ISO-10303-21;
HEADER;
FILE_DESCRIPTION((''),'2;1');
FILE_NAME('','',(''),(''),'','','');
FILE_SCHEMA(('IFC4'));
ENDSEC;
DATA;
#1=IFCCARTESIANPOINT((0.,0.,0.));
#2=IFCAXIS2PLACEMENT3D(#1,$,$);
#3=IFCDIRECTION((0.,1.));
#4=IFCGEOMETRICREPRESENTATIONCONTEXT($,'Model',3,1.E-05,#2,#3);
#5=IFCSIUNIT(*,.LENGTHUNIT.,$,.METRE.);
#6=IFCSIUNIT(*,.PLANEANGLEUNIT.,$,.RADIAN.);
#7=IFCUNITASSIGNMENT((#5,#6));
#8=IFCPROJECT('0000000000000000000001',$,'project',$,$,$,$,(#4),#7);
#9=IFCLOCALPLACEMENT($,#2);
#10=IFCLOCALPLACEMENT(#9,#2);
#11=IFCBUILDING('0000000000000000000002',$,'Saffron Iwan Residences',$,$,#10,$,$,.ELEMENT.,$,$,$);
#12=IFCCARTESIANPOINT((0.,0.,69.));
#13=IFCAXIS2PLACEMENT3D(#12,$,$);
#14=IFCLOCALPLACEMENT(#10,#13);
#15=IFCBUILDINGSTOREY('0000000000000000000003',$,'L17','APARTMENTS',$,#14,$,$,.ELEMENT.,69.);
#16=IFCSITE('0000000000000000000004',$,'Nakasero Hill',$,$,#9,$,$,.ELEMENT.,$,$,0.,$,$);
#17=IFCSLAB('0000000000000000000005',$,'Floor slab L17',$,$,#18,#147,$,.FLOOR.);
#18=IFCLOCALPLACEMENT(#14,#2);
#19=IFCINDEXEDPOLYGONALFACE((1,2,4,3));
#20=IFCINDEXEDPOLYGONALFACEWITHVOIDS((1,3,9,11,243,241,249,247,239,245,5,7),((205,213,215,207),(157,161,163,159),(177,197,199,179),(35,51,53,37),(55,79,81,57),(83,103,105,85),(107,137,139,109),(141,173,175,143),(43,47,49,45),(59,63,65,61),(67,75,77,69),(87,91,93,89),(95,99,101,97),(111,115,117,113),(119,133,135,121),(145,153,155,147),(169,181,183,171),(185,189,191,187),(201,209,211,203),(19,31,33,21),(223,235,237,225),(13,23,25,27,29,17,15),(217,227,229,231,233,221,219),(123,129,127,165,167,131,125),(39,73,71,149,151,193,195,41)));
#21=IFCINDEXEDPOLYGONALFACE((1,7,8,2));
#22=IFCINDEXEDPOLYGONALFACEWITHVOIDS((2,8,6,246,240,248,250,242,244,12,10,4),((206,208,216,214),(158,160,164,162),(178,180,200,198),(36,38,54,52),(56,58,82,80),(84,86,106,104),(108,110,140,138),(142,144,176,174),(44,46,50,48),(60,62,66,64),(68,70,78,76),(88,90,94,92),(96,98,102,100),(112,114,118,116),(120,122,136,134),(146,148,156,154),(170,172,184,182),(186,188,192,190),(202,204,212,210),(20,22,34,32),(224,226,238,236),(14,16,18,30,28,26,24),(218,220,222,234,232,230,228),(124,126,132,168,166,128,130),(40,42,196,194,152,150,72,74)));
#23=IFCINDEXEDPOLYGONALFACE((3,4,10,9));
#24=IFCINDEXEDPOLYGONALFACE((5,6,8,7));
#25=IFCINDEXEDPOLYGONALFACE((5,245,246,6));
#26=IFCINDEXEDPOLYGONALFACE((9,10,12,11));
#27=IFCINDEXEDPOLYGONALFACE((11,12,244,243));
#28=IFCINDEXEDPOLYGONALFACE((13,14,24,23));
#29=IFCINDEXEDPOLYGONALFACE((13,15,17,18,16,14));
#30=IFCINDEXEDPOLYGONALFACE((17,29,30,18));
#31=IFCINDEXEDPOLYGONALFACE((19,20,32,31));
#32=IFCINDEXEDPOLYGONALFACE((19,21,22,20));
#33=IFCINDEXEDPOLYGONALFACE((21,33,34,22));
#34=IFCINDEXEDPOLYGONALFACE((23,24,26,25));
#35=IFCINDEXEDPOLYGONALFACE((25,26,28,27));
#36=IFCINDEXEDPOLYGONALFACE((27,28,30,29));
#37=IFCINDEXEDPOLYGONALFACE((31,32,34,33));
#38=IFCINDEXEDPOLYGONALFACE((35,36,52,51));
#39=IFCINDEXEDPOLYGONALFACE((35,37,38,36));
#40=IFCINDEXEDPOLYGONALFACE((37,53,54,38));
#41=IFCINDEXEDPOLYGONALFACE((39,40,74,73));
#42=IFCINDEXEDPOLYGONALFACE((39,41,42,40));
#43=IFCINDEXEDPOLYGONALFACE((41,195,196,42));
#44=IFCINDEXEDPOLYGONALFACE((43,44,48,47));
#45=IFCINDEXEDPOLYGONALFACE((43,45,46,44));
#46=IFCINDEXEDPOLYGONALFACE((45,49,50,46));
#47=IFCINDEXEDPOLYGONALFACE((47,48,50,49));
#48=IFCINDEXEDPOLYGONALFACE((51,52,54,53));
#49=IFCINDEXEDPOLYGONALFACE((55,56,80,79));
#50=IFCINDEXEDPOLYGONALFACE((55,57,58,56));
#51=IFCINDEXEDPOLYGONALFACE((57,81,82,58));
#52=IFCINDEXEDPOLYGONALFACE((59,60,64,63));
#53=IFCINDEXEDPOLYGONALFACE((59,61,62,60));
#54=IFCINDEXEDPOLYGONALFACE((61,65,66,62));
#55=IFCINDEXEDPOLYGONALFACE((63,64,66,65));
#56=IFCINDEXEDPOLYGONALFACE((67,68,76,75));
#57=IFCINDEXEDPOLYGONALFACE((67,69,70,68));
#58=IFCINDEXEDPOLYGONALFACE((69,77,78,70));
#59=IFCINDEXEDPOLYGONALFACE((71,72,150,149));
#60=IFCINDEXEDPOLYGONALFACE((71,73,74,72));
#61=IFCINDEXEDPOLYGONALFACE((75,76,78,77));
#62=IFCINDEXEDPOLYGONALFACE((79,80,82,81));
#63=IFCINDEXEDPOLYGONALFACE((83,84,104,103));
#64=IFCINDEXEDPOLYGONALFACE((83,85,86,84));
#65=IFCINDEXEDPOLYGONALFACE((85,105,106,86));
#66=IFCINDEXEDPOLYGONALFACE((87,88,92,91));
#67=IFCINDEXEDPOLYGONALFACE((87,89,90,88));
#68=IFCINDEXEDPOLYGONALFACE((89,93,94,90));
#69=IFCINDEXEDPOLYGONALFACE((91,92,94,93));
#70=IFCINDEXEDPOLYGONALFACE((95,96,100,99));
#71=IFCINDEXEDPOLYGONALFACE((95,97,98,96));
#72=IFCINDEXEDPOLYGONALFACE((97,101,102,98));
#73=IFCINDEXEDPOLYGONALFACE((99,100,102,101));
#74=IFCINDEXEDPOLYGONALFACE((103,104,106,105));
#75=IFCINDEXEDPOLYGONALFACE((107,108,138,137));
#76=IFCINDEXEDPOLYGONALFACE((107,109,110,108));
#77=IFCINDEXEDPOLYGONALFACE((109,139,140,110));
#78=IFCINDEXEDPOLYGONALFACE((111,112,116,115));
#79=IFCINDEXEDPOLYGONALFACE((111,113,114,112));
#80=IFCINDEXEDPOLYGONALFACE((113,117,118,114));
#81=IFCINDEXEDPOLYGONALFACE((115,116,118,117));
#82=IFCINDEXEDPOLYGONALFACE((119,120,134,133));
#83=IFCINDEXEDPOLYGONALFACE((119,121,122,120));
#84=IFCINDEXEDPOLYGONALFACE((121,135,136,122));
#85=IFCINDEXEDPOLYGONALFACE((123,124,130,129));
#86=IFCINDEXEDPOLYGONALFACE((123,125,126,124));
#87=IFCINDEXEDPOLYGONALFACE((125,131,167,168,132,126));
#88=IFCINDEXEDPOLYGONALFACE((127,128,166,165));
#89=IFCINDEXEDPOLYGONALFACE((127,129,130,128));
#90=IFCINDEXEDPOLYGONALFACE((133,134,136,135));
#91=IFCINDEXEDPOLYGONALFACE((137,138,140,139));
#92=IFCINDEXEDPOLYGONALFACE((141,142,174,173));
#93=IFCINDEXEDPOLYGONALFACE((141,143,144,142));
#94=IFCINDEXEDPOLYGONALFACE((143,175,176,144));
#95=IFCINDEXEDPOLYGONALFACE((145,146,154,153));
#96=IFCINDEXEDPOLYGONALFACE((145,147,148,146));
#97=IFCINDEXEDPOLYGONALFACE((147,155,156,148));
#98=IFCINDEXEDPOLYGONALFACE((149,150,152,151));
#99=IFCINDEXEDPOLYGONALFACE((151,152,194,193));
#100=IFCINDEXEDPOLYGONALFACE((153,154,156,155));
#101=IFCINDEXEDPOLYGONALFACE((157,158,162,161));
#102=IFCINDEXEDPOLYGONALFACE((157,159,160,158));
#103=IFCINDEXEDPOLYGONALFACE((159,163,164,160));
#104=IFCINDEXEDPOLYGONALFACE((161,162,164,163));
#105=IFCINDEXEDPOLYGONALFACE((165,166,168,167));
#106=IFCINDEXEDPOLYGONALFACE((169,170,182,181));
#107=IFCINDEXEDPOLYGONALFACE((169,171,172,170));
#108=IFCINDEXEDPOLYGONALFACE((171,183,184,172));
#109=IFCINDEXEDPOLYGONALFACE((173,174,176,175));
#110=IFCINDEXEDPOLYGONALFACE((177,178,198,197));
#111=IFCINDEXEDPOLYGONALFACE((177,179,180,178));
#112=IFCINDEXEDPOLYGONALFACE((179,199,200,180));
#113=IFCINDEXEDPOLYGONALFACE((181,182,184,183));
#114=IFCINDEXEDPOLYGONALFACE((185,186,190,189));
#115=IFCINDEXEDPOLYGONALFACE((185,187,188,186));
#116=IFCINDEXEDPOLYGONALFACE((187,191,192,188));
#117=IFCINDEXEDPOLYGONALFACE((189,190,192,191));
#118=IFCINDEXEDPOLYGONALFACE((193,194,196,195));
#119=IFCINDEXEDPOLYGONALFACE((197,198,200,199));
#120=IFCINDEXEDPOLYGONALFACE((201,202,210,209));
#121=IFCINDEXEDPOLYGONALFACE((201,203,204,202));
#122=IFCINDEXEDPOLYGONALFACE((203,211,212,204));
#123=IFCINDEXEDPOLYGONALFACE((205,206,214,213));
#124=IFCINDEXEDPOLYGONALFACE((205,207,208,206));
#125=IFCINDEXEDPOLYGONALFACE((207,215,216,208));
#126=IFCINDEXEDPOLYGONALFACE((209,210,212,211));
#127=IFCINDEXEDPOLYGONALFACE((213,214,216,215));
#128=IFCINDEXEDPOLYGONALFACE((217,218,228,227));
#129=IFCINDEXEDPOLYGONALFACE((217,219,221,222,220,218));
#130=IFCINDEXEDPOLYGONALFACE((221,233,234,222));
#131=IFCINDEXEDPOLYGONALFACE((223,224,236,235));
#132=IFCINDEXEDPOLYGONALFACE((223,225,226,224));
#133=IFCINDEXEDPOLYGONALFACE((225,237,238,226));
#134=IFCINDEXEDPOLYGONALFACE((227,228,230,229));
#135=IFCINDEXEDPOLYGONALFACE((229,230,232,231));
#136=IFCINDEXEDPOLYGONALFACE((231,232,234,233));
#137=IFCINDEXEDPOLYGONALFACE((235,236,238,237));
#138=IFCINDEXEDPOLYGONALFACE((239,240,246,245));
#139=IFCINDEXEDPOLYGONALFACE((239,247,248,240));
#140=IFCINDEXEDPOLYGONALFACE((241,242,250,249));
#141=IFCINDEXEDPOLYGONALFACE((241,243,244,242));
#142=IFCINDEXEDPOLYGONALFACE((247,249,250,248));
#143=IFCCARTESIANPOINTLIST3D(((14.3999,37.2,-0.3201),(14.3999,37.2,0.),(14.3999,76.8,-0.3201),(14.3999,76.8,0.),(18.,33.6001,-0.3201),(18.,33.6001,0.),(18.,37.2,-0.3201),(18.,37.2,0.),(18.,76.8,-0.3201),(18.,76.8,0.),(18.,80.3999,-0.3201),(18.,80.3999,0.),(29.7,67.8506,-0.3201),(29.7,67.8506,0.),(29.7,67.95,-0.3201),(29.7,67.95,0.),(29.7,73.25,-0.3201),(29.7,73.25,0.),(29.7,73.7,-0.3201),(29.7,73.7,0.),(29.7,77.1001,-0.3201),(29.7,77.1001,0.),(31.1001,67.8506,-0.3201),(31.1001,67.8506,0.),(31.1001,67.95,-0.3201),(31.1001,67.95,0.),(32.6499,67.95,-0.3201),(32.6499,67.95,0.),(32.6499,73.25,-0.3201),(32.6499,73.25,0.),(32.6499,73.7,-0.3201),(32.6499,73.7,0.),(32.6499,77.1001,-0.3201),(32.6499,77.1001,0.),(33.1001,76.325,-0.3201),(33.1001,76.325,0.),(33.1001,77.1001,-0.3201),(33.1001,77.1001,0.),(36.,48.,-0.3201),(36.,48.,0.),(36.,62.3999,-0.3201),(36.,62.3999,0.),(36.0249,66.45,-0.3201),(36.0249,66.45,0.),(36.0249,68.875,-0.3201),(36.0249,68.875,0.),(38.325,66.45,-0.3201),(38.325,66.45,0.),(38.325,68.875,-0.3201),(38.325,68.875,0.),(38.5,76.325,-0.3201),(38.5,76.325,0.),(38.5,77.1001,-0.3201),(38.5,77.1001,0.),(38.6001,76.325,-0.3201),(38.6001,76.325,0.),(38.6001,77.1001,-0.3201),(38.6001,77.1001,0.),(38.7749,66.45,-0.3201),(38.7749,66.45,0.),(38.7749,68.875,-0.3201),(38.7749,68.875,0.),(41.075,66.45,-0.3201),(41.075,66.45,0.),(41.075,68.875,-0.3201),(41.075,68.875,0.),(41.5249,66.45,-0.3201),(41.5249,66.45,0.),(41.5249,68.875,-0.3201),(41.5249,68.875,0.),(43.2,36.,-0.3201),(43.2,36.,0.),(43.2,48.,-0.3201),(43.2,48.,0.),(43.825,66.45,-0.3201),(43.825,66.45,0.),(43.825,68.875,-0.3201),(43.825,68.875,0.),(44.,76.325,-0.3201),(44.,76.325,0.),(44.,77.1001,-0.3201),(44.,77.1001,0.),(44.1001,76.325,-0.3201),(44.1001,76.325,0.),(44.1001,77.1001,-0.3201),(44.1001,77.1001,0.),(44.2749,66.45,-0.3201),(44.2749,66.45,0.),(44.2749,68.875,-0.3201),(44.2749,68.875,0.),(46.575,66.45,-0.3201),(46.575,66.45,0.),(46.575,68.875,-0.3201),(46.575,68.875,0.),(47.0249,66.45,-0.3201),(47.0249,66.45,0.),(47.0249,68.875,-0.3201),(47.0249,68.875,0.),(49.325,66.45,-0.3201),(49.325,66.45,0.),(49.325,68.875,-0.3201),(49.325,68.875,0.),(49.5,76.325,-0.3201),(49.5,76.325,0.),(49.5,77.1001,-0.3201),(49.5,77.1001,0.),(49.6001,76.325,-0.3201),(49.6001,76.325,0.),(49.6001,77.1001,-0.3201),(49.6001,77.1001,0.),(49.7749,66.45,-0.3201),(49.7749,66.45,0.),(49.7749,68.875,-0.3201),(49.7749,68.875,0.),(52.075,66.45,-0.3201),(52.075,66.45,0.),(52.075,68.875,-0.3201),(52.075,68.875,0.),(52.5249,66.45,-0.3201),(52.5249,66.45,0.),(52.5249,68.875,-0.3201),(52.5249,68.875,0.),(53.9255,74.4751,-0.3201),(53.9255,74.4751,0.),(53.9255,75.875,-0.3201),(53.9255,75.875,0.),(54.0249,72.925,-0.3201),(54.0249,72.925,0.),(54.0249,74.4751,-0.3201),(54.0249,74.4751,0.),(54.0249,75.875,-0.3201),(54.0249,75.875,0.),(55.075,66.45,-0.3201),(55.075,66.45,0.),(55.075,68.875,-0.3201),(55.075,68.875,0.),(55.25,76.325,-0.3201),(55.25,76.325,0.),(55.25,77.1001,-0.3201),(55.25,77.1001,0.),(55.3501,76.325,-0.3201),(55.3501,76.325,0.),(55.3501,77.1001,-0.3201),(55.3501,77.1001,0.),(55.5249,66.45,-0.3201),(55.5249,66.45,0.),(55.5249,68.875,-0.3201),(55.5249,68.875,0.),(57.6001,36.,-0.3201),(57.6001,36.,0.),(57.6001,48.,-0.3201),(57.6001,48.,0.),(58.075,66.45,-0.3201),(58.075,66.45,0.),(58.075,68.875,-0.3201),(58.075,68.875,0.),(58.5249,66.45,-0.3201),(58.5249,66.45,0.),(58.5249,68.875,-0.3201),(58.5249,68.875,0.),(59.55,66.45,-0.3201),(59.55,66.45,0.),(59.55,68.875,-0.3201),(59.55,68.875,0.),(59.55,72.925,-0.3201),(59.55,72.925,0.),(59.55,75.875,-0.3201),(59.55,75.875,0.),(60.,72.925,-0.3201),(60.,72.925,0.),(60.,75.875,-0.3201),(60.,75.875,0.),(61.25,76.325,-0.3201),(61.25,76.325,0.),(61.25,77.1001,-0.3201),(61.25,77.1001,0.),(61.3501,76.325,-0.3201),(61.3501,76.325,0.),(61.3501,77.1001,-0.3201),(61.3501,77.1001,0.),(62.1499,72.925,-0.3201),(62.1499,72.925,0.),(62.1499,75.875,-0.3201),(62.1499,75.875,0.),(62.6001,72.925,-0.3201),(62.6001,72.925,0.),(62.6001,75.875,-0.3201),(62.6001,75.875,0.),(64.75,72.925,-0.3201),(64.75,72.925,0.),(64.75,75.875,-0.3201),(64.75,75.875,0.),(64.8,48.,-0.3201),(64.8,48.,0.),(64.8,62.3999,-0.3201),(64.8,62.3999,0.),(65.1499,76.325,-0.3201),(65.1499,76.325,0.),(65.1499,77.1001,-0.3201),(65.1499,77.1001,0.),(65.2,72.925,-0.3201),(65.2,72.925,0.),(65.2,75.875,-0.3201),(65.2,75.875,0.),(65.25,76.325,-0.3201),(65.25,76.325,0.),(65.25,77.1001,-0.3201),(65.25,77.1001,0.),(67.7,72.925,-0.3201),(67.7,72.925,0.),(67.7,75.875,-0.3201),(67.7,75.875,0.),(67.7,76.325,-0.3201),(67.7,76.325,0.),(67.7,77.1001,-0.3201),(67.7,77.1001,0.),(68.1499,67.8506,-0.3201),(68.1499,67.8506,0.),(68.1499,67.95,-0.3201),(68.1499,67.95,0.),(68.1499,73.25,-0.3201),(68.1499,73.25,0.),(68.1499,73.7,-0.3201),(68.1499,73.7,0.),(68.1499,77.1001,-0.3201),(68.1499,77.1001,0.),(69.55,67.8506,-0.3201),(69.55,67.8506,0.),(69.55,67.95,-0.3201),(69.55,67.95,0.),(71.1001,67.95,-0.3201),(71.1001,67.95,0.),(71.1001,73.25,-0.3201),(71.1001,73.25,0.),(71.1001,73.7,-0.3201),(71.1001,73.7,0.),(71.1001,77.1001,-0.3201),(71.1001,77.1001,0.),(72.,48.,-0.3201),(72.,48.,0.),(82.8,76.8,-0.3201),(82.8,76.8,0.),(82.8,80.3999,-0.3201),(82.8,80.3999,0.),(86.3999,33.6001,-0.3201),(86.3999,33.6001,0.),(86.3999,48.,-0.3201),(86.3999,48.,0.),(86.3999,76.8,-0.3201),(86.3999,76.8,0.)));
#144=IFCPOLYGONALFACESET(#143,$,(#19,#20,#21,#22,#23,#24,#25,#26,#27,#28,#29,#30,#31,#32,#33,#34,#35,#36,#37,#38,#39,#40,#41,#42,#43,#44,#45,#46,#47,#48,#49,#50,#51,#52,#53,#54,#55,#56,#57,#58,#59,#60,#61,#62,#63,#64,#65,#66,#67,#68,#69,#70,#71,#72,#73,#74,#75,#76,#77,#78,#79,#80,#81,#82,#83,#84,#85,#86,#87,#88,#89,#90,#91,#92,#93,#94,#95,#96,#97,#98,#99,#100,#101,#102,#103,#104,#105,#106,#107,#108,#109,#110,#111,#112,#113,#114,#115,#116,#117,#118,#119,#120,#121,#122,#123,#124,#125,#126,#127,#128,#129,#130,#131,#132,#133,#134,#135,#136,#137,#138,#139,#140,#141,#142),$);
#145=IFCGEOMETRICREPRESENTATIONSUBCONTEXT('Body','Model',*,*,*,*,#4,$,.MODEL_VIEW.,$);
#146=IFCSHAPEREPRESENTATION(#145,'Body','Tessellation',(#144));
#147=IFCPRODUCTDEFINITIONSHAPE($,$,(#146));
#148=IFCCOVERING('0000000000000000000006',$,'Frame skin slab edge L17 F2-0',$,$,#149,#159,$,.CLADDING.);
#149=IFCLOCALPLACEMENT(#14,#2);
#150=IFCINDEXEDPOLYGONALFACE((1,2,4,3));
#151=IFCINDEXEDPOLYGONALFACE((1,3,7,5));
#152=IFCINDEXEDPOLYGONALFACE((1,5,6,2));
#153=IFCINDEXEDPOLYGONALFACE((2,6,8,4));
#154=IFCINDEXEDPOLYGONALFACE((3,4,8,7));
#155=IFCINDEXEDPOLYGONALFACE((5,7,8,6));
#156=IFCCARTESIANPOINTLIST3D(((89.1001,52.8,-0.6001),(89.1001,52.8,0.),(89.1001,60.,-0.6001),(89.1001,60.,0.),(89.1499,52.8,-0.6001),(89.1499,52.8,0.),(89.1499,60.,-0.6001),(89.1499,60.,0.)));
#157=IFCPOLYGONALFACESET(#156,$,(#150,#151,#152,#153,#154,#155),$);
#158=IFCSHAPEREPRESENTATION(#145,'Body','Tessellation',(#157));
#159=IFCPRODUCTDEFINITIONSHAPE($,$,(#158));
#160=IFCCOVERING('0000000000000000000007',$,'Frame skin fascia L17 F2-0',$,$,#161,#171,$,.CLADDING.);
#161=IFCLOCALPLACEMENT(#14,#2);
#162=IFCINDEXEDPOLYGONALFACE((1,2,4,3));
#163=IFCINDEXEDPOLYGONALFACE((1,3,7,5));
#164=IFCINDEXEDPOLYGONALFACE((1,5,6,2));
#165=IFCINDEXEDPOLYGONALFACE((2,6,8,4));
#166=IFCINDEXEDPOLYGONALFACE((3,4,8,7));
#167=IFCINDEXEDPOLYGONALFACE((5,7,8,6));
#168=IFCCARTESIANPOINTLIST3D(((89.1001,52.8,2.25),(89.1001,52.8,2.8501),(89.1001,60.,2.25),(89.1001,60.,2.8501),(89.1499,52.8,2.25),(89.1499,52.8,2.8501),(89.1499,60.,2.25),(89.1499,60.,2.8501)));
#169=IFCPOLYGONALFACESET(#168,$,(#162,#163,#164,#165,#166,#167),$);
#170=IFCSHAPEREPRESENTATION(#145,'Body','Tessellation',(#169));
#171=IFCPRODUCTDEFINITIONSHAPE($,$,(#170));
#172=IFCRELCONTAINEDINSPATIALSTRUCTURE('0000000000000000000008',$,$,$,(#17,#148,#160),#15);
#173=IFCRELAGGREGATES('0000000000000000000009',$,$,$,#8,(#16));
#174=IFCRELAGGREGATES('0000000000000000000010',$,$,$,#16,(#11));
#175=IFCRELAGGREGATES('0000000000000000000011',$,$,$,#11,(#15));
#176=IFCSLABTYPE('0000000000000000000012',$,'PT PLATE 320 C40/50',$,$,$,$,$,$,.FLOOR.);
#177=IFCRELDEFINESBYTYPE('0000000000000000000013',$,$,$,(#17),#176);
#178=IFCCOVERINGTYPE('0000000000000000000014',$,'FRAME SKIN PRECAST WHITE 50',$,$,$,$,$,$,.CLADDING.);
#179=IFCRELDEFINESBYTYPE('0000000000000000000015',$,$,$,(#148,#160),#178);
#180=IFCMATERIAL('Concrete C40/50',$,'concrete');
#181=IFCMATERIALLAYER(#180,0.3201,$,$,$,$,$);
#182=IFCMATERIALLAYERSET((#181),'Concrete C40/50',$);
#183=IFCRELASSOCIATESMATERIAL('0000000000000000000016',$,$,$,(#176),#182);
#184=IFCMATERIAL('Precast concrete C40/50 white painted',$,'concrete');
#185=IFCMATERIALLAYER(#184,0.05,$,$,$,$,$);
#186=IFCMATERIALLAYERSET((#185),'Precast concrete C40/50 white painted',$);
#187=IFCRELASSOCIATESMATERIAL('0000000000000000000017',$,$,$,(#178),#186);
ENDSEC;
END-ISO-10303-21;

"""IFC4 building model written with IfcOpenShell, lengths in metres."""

from ifc_helpers import new_model, si_unit, direction, frame, origin, place, context, subcontext, project, spatial, polyline, outline, extrude, material, layer, layer_set, type_object, element, save


model = new_model("IFC4")

# Units and contexts
model_context = context("Model", 3, precision=1e-05, world=origin(), true_north=direction((0.0, 1.0)))
body_context = subcontext(model_context, "Body", "Model", "MODEL_VIEW")
ifc_project = project(units=[si_unit("LENGTHUNIT", "METRE"), si_unit("PLANEANGLEUNIT", "RADIAN")], contexts=[model_context])

# Site, building, storey
site_placement = place(None, origin())
site = spatial("IfcSite", under=ifc_project, at=site_placement, Name="Nakasero Hill", CompositionType="ELEMENT", RefElevation=0.0)
building_placement = place(site_placement, origin())
building = spatial("IfcBuilding", under=site, at=building_placement, Name="Saffron Iwan Residences", CompositionType="ELEMENT")
storey_placement = place(building_placement, frame((0.0, 0.0, 69.0)))
storey = spatial("IfcBuildingStorey", under=building, at=storey_placement, Name="L17", Description="APARTMENTS", CompositionType="ELEMENT", Elevation=69.0)

# Slab
ifc_material_1 = material(Name="Concrete C40/50", Category="concrete")
ifc_layer_1 = layer(ifc_material_1, 0.3201)
ifc_layer_set_1 = layer_set([ifc_layer_1], Name="Concrete C40/50")
slab_type_1 = type_object("IfcSlabType", Name="PT PLATE 320 C40/50", PredefinedType="FLOOR", material=ifc_layer_set_1)
slab_1_placement = place(storey_placement, frame((0.0, 0.0, -0.3201)))
element("IfcSlab", 1, at=slab_1_placement, inside=storey, type_object=slab_type_1, Name="Floor slab L17", PredefinedType="FLOOR", context=body_context, shape_type="SweptSolid", body=[
    extrude(outline(polyline([(14.3999, 37.2), (14.3999, 76.8), (18.0, 76.8), (18.0, 80.3999), (82.8, 80.3999), (82.8, 76.8), (86.3999, 76.8), (86.3999, 48.0), (72.0, 48.0), (86.3999, 33.6001), (18.0, 33.6001), (18.0, 37.2), (14.3999, 37.2)]), holes=[polyline([(64.8, 48.0), (64.8, 62.3999), (36.0, 62.3999), (36.0, 48.0), (43.2, 48.0), (43.2, 36.0), (57.6001, 36.0), (57.6001, 48.0), (64.8, 48.0)]), polyline([(38.325, 68.875), (36.0249, 68.875), (36.0249, 66.45), (38.325, 66.45), (38.325, 68.875)]), polyline([(41.075, 66.45), (41.075, 68.875), (38.7749, 68.875), (38.7749, 66.45), (41.075, 66.45)]), polyline([(43.825, 66.45), (43.825, 68.875), (41.5249, 68.875), (41.5249, 66.45), (43.825, 66.45)]), polyline([(46.575, 68.875), (44.2749, 68.875), (44.2749, 66.45), (46.575, 66.45), (46.575, 68.875)]), polyline([(49.325, 66.45), (49.325, 68.875), (47.0249, 68.875), (47.0249, 66.45), (49.325, 66.45)]), polyline([(52.075, 66.45), (52.075, 68.875), (49.7749, 68.875), (49.7749, 66.45), (52.075, 66.45)]), polyline([(29.7, 73.25), (29.7, 67.95), (29.7, 67.8506), (31.1001, 67.8506), (31.1001, 67.95), (32.6499, 67.95), (32.6499, 73.25), (29.7, 73.25)]), polyline([(32.6499, 73.7), (32.6499, 77.1001), (29.7, 77.1001), (29.7, 73.7), (32.6499, 73.7)]), polyline([(38.5, 76.325), (38.5, 77.1001), (33.1001, 77.1001), (33.1001, 76.325), (38.5, 76.325)]), polyline([(44.0, 77.1001), (38.6001, 77.1001), (38.6001, 76.325), (44.0, 76.325), (44.0, 77.1001)]), polyline([(49.5, 76.325), (49.5, 77.1001), (44.1001, 77.1001), (44.1001, 76.325), (49.5, 76.325)]), polyline([(55.25, 76.325), (55.25, 77.1001), (49.6001, 77.1001), (49.6001, 76.325), (55.25, 76.325)]), polyline([(55.075, 68.875), (52.5249, 68.875), (52.5249, 66.45), (55.075, 66.45), (55.075, 68.875)]), polyline([(58.075, 66.45), (58.075, 68.875), (55.5249, 68.875), (55.5249, 66.45), (58.075, 66.45)]), polyline([(59.55, 66.45), (59.55, 68.875), (58.5249, 68.875), (58.5249, 66.45), (59.55, 66.45)]), polyline([(68.1499, 73.25), (68.1499, 67.95), (68.1499, 67.8506), (69.55, 67.8506), (69.55, 67.95), (71.1001, 67.95), (71.1001, 73.25), (68.1499, 73.25)]), polyline([(53.9255, 74.4751), (54.0249, 74.4751), (54.0249, 72.925), (59.55, 72.925), (59.55, 75.875), (54.0249, 75.875), (53.9255, 75.875), (53.9255, 74.4751)]), polyline([(62.1499, 72.925), (62.1499, 75.875), (60.0, 75.875), (60.0, 72.925), (62.1499, 72.925)]), polyline([(64.75, 75.875), (62.6001, 75.875), (62.6001, 72.925), (64.75, 72.925), (64.75, 75.875)]), polyline([(67.7, 72.925), (67.7, 75.875), (65.2, 75.875), (65.2, 72.925), (67.7, 72.925)]), polyline([(71.1001, 73.7), (71.1001, 77.1001), (68.1499, 77.1001), (68.1499, 73.7), (71.1001, 73.7)]), polyline([(61.25, 77.1001), (55.3501, 77.1001), (55.3501, 76.325), (61.25, 76.325), (61.25, 77.1001)]), polyline([(65.1499, 76.325), (65.1499, 77.1001), (61.3501, 77.1001), (61.3501, 76.325), (65.1499, 76.325)]), polyline([(67.7, 76.325), (67.7, 77.1001), (65.25, 77.1001), (65.25, 76.325), (67.7, 76.325)])]), origin(), (0.0, 0.0, 1.0), 0.3201),
])

# Coverings
ifc_material_2 = material(Name="Precast concrete C40/50 white painted", Category="concrete")
ifc_layer_2 = layer(ifc_material_2, 0.05)
ifc_layer_set_2 = layer_set([ifc_layer_2], Name="Precast concrete C40/50 white painted")
covering_type_1 = type_object("IfcCoveringType", Name="FRAME SKIN PRECAST WHITE 50", PredefinedType="CLADDING", material=ifc_layer_set_2)
for number, where, name in (
    (2, (0.0, 0.0, -0.6001), "Frame skin slab edge L17 F2-0"),
    (3, (0.0, 0.0, 2.25), "Frame skin fascia L17 F2-0"),
):
    element("IfcCovering", number, at=place(storey_placement, frame(where)), inside=storey, type_object=covering_type_1, Name=name, PredefinedType="CLADDING", context=body_context, shape_type="SweptSolid", body=[
        extrude(outline(polyline([(89.1499, 52.8), (89.1499, 60.0), (89.1001, 60.0), (89.1001, 52.8), (89.1499, 52.8)])), origin(), (0.0, 0.0, 1.0), 0.6001),
    ])

save(model, "model.ifc")
